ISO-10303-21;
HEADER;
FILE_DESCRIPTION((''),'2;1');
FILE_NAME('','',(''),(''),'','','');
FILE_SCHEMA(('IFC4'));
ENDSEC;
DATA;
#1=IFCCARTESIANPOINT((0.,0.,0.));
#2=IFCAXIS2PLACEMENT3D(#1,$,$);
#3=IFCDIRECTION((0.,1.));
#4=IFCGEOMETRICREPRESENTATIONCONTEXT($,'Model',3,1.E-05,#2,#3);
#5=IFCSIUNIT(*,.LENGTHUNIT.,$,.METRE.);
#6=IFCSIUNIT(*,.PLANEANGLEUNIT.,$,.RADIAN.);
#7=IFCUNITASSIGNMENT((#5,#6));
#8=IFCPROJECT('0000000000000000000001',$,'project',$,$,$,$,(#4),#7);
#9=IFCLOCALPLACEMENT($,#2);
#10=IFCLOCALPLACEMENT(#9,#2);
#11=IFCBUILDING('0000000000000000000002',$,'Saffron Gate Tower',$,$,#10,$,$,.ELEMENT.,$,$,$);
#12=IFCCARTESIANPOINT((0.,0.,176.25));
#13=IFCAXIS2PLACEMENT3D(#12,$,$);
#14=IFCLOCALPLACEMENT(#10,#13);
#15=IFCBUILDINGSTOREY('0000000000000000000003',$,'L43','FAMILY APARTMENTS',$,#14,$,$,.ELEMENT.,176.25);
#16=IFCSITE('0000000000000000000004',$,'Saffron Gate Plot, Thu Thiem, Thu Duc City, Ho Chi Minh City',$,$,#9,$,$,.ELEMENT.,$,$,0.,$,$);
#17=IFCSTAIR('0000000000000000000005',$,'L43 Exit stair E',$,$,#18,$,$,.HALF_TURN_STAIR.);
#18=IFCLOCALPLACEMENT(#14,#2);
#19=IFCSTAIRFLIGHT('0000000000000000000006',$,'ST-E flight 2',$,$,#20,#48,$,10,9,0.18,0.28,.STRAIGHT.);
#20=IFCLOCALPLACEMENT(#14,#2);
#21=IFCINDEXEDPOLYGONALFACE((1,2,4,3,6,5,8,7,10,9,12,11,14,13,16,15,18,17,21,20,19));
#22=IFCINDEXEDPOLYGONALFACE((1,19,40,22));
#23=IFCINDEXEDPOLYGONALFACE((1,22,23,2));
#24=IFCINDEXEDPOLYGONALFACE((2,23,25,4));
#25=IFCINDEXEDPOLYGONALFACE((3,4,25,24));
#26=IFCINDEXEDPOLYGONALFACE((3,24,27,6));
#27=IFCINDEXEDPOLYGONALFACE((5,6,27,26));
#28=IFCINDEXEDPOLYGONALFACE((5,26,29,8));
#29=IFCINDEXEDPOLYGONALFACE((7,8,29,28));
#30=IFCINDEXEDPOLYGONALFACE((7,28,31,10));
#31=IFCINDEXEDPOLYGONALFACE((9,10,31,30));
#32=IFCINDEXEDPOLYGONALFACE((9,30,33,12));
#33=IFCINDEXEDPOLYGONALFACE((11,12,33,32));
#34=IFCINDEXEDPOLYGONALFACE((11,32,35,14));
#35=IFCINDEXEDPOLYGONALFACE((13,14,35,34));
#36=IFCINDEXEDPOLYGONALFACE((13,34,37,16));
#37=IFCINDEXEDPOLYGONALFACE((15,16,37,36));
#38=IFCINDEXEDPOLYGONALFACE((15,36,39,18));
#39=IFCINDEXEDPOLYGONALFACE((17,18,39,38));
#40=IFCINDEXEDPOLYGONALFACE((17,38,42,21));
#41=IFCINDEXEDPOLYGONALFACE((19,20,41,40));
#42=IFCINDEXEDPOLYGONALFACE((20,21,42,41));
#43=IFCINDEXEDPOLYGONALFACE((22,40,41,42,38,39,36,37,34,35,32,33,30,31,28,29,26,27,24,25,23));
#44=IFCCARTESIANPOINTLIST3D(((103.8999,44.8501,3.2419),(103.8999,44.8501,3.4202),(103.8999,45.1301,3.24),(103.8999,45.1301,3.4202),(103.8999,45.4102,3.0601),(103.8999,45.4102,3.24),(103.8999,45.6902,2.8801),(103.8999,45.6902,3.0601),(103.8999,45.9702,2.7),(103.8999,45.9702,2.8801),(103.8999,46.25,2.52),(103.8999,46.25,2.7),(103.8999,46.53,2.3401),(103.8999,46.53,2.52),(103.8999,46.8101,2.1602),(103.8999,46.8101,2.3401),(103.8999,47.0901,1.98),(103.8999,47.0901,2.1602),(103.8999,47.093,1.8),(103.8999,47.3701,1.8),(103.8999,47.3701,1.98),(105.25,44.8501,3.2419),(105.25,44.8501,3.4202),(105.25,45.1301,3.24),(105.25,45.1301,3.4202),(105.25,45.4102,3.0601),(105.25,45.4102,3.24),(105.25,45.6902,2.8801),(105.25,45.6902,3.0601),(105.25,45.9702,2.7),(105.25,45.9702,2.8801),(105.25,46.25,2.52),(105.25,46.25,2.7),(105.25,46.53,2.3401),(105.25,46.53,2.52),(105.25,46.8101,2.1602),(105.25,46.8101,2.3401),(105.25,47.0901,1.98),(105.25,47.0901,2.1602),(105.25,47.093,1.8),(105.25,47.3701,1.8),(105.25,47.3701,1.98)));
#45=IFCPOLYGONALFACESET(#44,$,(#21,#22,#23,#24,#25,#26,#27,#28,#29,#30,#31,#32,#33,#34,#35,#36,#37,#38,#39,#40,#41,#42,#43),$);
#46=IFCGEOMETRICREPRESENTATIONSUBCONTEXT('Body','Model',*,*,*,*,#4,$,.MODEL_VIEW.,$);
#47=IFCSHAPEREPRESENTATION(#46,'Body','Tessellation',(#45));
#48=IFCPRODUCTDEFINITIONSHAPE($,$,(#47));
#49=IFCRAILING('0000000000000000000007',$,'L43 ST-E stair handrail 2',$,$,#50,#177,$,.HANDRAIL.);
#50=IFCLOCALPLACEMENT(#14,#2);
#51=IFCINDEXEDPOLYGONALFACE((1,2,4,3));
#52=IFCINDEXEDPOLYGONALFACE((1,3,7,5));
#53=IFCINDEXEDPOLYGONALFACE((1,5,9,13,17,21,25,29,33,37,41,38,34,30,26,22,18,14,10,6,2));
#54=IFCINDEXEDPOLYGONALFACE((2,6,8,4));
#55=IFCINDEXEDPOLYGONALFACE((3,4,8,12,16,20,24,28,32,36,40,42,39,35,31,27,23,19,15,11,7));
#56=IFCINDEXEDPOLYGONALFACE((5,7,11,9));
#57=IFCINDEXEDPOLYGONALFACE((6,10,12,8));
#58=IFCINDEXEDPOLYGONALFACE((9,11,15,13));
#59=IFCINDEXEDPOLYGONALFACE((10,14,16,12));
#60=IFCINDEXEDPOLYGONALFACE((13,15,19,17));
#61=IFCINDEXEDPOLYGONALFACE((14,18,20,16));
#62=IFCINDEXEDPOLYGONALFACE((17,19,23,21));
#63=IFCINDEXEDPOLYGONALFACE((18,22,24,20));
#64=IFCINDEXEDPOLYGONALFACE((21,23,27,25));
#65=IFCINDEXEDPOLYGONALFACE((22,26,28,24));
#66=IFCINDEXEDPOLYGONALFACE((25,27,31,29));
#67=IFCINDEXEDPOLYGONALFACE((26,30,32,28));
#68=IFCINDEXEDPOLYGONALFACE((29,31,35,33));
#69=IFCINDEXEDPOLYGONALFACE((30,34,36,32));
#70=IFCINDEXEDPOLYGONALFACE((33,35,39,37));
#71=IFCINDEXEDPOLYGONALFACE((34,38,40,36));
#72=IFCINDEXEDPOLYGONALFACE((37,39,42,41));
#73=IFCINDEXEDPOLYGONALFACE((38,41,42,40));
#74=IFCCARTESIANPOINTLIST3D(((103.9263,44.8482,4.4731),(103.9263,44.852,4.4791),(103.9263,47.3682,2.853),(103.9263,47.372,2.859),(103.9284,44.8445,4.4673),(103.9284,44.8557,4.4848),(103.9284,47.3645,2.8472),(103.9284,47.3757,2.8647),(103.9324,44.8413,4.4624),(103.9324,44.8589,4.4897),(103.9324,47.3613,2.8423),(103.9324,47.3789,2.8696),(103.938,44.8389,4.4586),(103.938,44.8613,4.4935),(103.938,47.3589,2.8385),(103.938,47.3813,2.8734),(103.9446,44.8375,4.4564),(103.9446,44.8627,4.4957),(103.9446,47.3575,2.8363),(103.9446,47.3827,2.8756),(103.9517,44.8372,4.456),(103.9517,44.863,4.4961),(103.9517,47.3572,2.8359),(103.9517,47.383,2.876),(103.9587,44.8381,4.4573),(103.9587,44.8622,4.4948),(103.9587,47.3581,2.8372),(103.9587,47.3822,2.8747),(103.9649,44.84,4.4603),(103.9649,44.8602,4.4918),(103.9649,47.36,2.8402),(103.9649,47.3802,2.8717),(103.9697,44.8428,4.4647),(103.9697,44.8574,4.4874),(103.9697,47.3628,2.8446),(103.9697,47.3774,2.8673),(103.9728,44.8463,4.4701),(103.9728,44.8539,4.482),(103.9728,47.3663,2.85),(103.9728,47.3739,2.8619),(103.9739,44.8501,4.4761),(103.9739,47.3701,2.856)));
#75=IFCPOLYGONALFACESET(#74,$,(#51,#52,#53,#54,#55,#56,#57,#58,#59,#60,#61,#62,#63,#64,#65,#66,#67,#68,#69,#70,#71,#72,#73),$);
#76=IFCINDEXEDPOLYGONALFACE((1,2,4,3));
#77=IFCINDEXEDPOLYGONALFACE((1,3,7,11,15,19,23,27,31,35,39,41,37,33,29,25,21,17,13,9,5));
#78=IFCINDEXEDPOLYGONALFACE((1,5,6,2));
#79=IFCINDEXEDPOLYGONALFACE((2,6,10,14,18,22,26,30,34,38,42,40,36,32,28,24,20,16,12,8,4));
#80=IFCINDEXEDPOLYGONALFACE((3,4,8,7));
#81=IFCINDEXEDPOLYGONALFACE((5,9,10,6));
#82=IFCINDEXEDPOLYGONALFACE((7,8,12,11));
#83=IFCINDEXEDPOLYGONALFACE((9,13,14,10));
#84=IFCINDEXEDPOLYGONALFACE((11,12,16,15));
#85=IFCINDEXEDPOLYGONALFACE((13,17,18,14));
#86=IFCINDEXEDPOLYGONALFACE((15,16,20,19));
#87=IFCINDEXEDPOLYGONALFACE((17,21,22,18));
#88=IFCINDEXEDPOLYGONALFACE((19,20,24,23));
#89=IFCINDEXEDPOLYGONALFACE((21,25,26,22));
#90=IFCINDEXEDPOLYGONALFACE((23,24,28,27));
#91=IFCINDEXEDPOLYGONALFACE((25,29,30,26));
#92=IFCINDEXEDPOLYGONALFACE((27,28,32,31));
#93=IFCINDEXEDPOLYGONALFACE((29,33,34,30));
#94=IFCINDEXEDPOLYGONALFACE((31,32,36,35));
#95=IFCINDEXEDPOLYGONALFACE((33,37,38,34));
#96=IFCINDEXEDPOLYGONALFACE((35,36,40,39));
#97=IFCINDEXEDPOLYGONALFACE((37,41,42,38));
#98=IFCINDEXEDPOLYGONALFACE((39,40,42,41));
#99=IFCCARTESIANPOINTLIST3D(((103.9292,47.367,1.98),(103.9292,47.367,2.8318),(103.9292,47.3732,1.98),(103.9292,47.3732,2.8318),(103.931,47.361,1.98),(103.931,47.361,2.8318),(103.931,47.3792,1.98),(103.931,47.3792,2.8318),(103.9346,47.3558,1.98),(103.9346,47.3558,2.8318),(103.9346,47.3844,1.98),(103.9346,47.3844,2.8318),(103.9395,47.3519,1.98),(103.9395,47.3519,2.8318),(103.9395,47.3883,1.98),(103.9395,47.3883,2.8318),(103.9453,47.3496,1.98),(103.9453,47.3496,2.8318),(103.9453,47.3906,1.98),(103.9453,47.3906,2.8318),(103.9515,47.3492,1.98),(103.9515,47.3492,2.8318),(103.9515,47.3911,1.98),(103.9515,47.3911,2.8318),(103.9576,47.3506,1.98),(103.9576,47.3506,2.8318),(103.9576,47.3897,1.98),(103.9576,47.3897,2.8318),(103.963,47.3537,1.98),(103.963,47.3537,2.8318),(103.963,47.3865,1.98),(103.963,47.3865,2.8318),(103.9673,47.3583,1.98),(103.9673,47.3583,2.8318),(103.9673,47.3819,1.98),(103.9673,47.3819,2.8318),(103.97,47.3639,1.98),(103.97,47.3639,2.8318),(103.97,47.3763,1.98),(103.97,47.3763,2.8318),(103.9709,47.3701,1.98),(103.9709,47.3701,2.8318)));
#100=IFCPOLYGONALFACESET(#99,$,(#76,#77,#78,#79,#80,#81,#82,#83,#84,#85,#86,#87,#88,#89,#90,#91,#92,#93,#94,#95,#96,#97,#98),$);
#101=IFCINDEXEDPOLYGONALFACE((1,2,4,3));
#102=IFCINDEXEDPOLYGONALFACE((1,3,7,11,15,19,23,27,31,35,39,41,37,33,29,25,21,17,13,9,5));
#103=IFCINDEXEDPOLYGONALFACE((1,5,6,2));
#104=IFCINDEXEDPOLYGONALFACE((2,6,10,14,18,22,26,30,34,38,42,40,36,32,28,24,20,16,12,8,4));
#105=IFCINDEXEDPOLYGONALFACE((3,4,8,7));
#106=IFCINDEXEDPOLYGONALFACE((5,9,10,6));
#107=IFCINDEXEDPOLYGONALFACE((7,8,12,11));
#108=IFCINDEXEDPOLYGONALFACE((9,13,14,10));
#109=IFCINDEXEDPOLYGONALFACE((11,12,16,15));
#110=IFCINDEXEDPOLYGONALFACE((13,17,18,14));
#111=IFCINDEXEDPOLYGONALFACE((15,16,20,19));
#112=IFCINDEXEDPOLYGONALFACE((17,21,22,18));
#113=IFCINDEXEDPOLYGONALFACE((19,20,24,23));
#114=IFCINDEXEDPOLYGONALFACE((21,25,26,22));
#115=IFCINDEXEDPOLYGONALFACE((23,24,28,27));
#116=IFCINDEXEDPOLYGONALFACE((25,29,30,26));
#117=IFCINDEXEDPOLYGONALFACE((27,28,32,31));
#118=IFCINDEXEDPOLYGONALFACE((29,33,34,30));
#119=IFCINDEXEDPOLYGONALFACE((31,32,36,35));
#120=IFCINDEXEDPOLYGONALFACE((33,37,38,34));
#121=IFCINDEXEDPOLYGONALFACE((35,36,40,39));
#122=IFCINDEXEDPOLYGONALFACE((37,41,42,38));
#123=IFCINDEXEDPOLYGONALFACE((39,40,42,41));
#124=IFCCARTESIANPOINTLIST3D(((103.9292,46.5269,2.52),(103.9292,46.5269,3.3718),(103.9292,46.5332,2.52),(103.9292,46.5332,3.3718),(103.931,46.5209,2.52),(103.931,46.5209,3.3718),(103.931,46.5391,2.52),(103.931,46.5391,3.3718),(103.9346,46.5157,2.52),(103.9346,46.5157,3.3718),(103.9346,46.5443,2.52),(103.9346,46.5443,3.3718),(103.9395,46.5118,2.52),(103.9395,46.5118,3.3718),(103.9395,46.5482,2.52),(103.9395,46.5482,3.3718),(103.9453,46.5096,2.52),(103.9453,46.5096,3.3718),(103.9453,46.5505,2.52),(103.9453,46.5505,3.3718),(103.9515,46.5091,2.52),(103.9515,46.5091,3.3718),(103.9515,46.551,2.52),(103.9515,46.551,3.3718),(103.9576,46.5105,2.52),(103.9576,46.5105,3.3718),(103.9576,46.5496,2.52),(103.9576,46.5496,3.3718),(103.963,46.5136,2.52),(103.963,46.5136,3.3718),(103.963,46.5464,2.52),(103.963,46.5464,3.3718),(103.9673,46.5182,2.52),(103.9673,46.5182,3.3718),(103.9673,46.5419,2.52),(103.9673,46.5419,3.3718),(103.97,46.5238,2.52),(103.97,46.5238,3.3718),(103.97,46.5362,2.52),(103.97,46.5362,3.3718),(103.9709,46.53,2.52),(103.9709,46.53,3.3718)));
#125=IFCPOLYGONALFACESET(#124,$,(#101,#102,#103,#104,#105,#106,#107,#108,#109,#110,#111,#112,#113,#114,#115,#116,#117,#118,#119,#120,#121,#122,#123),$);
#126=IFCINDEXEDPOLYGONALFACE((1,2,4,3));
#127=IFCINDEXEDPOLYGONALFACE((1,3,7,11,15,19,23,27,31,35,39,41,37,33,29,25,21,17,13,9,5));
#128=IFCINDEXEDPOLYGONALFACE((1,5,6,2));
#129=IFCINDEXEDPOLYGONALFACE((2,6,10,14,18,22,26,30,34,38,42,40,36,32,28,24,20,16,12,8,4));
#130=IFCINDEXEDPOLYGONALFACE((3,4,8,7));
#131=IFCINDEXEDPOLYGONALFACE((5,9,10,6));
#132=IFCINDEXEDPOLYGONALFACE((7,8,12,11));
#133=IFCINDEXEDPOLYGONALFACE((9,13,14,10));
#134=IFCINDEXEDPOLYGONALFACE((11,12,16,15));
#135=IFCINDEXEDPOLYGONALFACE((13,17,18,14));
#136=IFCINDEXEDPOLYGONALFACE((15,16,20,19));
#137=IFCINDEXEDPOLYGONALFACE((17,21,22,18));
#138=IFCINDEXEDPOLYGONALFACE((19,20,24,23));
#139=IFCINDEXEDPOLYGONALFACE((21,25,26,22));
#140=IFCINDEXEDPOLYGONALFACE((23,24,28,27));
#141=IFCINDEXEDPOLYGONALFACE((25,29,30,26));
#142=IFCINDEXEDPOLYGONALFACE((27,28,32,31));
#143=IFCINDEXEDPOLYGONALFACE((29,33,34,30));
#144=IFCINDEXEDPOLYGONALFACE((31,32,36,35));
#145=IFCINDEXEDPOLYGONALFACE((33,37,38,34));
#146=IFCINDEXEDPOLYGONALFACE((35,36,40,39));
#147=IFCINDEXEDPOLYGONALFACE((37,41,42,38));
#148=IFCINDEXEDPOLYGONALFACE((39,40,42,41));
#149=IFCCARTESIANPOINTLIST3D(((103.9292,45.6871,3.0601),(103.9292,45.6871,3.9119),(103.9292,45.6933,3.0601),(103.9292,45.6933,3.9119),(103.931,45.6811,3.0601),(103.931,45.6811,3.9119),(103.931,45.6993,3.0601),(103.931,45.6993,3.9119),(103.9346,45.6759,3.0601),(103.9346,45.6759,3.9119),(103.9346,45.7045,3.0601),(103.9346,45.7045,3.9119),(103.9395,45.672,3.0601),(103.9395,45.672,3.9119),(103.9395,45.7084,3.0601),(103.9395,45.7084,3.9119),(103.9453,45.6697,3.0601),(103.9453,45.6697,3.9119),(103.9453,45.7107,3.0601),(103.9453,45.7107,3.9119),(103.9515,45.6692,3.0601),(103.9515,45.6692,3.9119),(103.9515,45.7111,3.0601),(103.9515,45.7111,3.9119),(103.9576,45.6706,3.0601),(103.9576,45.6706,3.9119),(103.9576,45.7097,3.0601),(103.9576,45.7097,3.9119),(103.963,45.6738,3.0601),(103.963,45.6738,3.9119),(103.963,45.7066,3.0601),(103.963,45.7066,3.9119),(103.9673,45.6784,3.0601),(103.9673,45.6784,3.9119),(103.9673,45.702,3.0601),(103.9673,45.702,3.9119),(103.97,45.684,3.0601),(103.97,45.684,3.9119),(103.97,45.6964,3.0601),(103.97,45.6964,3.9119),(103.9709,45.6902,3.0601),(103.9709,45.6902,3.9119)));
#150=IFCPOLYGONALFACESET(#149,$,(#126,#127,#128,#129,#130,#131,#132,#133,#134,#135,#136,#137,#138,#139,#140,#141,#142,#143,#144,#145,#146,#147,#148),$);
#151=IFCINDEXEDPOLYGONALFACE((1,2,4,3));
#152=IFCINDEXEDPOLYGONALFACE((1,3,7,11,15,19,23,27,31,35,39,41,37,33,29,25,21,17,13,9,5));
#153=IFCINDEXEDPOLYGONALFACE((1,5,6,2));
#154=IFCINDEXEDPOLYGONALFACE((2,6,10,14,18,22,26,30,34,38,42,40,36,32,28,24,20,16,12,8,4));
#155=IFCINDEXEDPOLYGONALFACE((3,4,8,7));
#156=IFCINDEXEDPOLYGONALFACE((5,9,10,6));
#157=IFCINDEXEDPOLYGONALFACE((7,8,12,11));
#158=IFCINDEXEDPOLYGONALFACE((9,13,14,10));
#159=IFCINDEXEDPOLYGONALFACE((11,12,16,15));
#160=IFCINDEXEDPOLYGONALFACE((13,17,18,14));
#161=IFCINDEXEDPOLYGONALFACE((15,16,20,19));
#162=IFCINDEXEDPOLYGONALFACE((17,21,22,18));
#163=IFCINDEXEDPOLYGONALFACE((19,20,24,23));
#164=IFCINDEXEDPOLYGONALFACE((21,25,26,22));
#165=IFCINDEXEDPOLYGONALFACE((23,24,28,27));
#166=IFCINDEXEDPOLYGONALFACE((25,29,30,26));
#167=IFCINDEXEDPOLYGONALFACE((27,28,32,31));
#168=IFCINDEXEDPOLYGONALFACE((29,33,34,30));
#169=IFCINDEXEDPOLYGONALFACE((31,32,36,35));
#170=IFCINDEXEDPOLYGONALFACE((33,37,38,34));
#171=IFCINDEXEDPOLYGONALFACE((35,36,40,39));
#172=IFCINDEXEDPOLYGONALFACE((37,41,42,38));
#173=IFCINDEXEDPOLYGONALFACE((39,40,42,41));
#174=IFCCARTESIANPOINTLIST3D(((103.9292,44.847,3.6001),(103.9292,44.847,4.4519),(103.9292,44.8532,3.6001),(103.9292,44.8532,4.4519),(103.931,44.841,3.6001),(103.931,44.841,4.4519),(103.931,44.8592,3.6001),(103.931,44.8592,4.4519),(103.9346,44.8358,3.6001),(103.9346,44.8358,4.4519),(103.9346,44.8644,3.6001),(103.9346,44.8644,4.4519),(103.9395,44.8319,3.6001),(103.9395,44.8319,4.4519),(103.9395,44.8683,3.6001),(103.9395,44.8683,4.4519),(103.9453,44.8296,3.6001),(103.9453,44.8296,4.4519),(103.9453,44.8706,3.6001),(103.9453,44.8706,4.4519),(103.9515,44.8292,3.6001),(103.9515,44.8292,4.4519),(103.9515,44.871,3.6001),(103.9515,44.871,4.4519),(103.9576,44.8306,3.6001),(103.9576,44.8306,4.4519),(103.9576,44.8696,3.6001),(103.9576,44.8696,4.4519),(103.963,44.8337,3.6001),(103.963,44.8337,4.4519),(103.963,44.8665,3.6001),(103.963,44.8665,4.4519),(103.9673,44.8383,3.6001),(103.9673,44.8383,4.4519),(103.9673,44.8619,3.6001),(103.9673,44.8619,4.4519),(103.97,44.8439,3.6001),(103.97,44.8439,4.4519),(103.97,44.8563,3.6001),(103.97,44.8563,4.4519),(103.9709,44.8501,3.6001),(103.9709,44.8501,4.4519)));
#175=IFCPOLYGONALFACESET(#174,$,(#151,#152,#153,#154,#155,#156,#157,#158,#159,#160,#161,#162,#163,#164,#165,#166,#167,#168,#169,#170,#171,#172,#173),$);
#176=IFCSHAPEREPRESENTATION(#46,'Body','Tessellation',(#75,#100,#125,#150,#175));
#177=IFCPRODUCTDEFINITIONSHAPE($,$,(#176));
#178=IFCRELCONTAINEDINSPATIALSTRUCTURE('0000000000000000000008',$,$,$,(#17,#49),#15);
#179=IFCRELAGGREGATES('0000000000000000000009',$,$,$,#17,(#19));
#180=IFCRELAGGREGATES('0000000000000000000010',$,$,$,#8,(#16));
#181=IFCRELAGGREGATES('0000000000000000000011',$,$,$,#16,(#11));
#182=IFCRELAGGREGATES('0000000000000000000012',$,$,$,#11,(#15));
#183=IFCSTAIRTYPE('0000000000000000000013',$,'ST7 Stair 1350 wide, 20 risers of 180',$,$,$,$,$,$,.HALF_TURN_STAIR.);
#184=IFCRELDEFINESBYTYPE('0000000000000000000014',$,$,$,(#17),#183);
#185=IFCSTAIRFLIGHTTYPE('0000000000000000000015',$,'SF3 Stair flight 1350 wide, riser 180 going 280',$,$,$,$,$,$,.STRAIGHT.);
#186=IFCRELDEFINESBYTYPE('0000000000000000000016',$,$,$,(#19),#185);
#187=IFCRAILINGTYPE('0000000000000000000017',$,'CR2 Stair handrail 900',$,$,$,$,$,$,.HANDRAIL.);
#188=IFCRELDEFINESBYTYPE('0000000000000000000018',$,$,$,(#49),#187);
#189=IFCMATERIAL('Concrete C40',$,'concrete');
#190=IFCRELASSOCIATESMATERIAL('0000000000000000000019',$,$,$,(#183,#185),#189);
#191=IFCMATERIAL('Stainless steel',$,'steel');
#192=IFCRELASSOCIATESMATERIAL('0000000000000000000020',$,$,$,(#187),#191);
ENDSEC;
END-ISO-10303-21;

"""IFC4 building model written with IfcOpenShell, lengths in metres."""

from ifc_helpers import new_model, si_unit, direction, frame, origin, origin_2d, place, context, subcontext, project, spatial, polyline, circle, outline, extrude, material, type_object, element, aggregate, save


model = new_model("IFC4")

# Units and contexts
model_context = context("Model", 3, precision=1e-05, world=origin(), true_north=direction((0.0, 1.0)))
body_context = subcontext(model_context, "Body", "Model", "MODEL_VIEW")
ifc_project = project(units=[si_unit("LENGTHUNIT", "METRE"), si_unit("PLANEANGLEUNIT", "RADIAN")], contexts=[model_context])

# Site, building, storey
site_placement = place(None, origin())
site = spatial("IfcSite", under=ifc_project, at=site_placement, Name="Saffron Gate Plot, Thu Thiem, Thu Duc City, Ho Chi Minh City", CompositionType="ELEMENT", RefElevation=0.0)
building_placement = place(site_placement, origin())
building = spatial("IfcBuilding", under=site, at=building_placement, Name="Saffron Gate Tower", CompositionType="ELEMENT")
storey_placement = place(building_placement, frame((0.0, 0.0, 176.25)))
storey = spatial("IfcBuildingStorey", under=building, at=storey_placement, Name="L43", Description="FAMILY APARTMENTS", CompositionType="ELEMENT", Elevation=176.25)

# Stair, stair flight
ifc_material_1 = material(Name="Concrete C40", Category="concrete")
stair_type = type_object("IfcStairType", Name="ST7 Stair 1350 wide, 20 risers of 180", PredefinedType="HALF_TURN_STAIR", material=ifc_material_1)
stair_placement = place(storey_placement, origin())
stair = element("IfcStair", 1, at=stair_placement, inside=storey, type_object=stair_type, Name="L43 Exit stair E", PredefinedType="HALF_TURN_STAIR")
stair_flight_type = type_object("IfcStairFlightType", Name="SF3 Stair flight 1350 wide, riser 180 going 280", PredefinedType="STRAIGHT", material=ifc_material_1)
stair_flight_placement = place(storey_placement, frame((104.575, 47.3701, 1.8), z_axis=(0.0, 0.0, 1.0), x_axis=(0.0, -1.0, 0.0)))
stair_flight = element("IfcStairFlight", 2, at=stair_flight_placement, type_object=stair_flight_type, Name="ST-E flight 2", NumberOfRisers=10, NumberOfTreads=9, PredefinedType="STRAIGHT", RiserHeight=0.18, TreadLength=0.28, context=body_context, shape_type="SweptSolid", body=[
    extrude(outline(polyline([(0.0, 0.0), (0.0, 0.1799), (0.28, 0.1799), (0.28, 0.3601), (0.5601, 0.3601), (0.5601, 0.54), (0.8401, 0.54), (0.8401, 0.72), (1.1201, 0.72), (1.1201, 0.8999), (1.3999, 0.8999), (1.3999, 1.0801), (1.6799, 1.0801), (1.6799, 1.26), (1.96, 1.26), (1.96, 1.4399), (2.24, 1.4399), (2.24, 1.6201), (2.52, 1.6201), (2.52, 1.8), (2.52, 1.4419), (0.2771, 0.0), (0.0, 0.0)])), frame((0.0, 0.675, 0.0), z_axis=(0.0, -1.0, 0.0), x_axis=(1.0, 0.0, 0.0)), (0.0, 0.0, 1.0), 1.3501),
])
aggregate(stair, [stair_flight])

# Railing
ifc_material_2 = material(Name="Stainless steel", Category="steel")
railing_type = type_object("IfcRailingType", Name="CR2 Stair handrail 900", PredefinedType="HANDRAIL", material=ifc_material_2)
railing_placement = place(storey_placement, frame((103.95, 47.3701, 1.98)))
element("IfcRailing", 3, at=railing_placement, inside=storey, type_object=railing_type, Name="L43 ST-E stair handrail 2", PredefinedType="HANDRAIL", context=body_context, shape_type="SweptSolid", body=[
    extrude(circle(Radius=0.0239, at=origin_2d()), frame((0.0, 0.0, 0.876), z_axis=(0.0, -0.841163, 0.540782), x_axis=(1.0, 0.0, 0.0)), (0.0, 0.0, 1.0), 2.9958),
    extrude(circle(Radius=0.021, at=origin_2d()), origin(), (0.0, 0.0, 1.0), 0.8518),
    extrude(circle(Radius=0.021, at=origin_2d()), frame((0.0, -0.8401, 0.54)), (0.0, 0.0, 1.0), 0.8518),
    extrude(circle(Radius=0.021, at=origin_2d()), frame((0.0, -1.6799, 1.0801)), (0.0, 0.0, 1.0), 0.8518),
    extrude(circle(Radius=0.021, at=origin_2d()), frame((0.0, -2.52, 1.6201)), (0.0, 0.0, 1.0), 0.8518),
])

save(model, "model.ifc")
